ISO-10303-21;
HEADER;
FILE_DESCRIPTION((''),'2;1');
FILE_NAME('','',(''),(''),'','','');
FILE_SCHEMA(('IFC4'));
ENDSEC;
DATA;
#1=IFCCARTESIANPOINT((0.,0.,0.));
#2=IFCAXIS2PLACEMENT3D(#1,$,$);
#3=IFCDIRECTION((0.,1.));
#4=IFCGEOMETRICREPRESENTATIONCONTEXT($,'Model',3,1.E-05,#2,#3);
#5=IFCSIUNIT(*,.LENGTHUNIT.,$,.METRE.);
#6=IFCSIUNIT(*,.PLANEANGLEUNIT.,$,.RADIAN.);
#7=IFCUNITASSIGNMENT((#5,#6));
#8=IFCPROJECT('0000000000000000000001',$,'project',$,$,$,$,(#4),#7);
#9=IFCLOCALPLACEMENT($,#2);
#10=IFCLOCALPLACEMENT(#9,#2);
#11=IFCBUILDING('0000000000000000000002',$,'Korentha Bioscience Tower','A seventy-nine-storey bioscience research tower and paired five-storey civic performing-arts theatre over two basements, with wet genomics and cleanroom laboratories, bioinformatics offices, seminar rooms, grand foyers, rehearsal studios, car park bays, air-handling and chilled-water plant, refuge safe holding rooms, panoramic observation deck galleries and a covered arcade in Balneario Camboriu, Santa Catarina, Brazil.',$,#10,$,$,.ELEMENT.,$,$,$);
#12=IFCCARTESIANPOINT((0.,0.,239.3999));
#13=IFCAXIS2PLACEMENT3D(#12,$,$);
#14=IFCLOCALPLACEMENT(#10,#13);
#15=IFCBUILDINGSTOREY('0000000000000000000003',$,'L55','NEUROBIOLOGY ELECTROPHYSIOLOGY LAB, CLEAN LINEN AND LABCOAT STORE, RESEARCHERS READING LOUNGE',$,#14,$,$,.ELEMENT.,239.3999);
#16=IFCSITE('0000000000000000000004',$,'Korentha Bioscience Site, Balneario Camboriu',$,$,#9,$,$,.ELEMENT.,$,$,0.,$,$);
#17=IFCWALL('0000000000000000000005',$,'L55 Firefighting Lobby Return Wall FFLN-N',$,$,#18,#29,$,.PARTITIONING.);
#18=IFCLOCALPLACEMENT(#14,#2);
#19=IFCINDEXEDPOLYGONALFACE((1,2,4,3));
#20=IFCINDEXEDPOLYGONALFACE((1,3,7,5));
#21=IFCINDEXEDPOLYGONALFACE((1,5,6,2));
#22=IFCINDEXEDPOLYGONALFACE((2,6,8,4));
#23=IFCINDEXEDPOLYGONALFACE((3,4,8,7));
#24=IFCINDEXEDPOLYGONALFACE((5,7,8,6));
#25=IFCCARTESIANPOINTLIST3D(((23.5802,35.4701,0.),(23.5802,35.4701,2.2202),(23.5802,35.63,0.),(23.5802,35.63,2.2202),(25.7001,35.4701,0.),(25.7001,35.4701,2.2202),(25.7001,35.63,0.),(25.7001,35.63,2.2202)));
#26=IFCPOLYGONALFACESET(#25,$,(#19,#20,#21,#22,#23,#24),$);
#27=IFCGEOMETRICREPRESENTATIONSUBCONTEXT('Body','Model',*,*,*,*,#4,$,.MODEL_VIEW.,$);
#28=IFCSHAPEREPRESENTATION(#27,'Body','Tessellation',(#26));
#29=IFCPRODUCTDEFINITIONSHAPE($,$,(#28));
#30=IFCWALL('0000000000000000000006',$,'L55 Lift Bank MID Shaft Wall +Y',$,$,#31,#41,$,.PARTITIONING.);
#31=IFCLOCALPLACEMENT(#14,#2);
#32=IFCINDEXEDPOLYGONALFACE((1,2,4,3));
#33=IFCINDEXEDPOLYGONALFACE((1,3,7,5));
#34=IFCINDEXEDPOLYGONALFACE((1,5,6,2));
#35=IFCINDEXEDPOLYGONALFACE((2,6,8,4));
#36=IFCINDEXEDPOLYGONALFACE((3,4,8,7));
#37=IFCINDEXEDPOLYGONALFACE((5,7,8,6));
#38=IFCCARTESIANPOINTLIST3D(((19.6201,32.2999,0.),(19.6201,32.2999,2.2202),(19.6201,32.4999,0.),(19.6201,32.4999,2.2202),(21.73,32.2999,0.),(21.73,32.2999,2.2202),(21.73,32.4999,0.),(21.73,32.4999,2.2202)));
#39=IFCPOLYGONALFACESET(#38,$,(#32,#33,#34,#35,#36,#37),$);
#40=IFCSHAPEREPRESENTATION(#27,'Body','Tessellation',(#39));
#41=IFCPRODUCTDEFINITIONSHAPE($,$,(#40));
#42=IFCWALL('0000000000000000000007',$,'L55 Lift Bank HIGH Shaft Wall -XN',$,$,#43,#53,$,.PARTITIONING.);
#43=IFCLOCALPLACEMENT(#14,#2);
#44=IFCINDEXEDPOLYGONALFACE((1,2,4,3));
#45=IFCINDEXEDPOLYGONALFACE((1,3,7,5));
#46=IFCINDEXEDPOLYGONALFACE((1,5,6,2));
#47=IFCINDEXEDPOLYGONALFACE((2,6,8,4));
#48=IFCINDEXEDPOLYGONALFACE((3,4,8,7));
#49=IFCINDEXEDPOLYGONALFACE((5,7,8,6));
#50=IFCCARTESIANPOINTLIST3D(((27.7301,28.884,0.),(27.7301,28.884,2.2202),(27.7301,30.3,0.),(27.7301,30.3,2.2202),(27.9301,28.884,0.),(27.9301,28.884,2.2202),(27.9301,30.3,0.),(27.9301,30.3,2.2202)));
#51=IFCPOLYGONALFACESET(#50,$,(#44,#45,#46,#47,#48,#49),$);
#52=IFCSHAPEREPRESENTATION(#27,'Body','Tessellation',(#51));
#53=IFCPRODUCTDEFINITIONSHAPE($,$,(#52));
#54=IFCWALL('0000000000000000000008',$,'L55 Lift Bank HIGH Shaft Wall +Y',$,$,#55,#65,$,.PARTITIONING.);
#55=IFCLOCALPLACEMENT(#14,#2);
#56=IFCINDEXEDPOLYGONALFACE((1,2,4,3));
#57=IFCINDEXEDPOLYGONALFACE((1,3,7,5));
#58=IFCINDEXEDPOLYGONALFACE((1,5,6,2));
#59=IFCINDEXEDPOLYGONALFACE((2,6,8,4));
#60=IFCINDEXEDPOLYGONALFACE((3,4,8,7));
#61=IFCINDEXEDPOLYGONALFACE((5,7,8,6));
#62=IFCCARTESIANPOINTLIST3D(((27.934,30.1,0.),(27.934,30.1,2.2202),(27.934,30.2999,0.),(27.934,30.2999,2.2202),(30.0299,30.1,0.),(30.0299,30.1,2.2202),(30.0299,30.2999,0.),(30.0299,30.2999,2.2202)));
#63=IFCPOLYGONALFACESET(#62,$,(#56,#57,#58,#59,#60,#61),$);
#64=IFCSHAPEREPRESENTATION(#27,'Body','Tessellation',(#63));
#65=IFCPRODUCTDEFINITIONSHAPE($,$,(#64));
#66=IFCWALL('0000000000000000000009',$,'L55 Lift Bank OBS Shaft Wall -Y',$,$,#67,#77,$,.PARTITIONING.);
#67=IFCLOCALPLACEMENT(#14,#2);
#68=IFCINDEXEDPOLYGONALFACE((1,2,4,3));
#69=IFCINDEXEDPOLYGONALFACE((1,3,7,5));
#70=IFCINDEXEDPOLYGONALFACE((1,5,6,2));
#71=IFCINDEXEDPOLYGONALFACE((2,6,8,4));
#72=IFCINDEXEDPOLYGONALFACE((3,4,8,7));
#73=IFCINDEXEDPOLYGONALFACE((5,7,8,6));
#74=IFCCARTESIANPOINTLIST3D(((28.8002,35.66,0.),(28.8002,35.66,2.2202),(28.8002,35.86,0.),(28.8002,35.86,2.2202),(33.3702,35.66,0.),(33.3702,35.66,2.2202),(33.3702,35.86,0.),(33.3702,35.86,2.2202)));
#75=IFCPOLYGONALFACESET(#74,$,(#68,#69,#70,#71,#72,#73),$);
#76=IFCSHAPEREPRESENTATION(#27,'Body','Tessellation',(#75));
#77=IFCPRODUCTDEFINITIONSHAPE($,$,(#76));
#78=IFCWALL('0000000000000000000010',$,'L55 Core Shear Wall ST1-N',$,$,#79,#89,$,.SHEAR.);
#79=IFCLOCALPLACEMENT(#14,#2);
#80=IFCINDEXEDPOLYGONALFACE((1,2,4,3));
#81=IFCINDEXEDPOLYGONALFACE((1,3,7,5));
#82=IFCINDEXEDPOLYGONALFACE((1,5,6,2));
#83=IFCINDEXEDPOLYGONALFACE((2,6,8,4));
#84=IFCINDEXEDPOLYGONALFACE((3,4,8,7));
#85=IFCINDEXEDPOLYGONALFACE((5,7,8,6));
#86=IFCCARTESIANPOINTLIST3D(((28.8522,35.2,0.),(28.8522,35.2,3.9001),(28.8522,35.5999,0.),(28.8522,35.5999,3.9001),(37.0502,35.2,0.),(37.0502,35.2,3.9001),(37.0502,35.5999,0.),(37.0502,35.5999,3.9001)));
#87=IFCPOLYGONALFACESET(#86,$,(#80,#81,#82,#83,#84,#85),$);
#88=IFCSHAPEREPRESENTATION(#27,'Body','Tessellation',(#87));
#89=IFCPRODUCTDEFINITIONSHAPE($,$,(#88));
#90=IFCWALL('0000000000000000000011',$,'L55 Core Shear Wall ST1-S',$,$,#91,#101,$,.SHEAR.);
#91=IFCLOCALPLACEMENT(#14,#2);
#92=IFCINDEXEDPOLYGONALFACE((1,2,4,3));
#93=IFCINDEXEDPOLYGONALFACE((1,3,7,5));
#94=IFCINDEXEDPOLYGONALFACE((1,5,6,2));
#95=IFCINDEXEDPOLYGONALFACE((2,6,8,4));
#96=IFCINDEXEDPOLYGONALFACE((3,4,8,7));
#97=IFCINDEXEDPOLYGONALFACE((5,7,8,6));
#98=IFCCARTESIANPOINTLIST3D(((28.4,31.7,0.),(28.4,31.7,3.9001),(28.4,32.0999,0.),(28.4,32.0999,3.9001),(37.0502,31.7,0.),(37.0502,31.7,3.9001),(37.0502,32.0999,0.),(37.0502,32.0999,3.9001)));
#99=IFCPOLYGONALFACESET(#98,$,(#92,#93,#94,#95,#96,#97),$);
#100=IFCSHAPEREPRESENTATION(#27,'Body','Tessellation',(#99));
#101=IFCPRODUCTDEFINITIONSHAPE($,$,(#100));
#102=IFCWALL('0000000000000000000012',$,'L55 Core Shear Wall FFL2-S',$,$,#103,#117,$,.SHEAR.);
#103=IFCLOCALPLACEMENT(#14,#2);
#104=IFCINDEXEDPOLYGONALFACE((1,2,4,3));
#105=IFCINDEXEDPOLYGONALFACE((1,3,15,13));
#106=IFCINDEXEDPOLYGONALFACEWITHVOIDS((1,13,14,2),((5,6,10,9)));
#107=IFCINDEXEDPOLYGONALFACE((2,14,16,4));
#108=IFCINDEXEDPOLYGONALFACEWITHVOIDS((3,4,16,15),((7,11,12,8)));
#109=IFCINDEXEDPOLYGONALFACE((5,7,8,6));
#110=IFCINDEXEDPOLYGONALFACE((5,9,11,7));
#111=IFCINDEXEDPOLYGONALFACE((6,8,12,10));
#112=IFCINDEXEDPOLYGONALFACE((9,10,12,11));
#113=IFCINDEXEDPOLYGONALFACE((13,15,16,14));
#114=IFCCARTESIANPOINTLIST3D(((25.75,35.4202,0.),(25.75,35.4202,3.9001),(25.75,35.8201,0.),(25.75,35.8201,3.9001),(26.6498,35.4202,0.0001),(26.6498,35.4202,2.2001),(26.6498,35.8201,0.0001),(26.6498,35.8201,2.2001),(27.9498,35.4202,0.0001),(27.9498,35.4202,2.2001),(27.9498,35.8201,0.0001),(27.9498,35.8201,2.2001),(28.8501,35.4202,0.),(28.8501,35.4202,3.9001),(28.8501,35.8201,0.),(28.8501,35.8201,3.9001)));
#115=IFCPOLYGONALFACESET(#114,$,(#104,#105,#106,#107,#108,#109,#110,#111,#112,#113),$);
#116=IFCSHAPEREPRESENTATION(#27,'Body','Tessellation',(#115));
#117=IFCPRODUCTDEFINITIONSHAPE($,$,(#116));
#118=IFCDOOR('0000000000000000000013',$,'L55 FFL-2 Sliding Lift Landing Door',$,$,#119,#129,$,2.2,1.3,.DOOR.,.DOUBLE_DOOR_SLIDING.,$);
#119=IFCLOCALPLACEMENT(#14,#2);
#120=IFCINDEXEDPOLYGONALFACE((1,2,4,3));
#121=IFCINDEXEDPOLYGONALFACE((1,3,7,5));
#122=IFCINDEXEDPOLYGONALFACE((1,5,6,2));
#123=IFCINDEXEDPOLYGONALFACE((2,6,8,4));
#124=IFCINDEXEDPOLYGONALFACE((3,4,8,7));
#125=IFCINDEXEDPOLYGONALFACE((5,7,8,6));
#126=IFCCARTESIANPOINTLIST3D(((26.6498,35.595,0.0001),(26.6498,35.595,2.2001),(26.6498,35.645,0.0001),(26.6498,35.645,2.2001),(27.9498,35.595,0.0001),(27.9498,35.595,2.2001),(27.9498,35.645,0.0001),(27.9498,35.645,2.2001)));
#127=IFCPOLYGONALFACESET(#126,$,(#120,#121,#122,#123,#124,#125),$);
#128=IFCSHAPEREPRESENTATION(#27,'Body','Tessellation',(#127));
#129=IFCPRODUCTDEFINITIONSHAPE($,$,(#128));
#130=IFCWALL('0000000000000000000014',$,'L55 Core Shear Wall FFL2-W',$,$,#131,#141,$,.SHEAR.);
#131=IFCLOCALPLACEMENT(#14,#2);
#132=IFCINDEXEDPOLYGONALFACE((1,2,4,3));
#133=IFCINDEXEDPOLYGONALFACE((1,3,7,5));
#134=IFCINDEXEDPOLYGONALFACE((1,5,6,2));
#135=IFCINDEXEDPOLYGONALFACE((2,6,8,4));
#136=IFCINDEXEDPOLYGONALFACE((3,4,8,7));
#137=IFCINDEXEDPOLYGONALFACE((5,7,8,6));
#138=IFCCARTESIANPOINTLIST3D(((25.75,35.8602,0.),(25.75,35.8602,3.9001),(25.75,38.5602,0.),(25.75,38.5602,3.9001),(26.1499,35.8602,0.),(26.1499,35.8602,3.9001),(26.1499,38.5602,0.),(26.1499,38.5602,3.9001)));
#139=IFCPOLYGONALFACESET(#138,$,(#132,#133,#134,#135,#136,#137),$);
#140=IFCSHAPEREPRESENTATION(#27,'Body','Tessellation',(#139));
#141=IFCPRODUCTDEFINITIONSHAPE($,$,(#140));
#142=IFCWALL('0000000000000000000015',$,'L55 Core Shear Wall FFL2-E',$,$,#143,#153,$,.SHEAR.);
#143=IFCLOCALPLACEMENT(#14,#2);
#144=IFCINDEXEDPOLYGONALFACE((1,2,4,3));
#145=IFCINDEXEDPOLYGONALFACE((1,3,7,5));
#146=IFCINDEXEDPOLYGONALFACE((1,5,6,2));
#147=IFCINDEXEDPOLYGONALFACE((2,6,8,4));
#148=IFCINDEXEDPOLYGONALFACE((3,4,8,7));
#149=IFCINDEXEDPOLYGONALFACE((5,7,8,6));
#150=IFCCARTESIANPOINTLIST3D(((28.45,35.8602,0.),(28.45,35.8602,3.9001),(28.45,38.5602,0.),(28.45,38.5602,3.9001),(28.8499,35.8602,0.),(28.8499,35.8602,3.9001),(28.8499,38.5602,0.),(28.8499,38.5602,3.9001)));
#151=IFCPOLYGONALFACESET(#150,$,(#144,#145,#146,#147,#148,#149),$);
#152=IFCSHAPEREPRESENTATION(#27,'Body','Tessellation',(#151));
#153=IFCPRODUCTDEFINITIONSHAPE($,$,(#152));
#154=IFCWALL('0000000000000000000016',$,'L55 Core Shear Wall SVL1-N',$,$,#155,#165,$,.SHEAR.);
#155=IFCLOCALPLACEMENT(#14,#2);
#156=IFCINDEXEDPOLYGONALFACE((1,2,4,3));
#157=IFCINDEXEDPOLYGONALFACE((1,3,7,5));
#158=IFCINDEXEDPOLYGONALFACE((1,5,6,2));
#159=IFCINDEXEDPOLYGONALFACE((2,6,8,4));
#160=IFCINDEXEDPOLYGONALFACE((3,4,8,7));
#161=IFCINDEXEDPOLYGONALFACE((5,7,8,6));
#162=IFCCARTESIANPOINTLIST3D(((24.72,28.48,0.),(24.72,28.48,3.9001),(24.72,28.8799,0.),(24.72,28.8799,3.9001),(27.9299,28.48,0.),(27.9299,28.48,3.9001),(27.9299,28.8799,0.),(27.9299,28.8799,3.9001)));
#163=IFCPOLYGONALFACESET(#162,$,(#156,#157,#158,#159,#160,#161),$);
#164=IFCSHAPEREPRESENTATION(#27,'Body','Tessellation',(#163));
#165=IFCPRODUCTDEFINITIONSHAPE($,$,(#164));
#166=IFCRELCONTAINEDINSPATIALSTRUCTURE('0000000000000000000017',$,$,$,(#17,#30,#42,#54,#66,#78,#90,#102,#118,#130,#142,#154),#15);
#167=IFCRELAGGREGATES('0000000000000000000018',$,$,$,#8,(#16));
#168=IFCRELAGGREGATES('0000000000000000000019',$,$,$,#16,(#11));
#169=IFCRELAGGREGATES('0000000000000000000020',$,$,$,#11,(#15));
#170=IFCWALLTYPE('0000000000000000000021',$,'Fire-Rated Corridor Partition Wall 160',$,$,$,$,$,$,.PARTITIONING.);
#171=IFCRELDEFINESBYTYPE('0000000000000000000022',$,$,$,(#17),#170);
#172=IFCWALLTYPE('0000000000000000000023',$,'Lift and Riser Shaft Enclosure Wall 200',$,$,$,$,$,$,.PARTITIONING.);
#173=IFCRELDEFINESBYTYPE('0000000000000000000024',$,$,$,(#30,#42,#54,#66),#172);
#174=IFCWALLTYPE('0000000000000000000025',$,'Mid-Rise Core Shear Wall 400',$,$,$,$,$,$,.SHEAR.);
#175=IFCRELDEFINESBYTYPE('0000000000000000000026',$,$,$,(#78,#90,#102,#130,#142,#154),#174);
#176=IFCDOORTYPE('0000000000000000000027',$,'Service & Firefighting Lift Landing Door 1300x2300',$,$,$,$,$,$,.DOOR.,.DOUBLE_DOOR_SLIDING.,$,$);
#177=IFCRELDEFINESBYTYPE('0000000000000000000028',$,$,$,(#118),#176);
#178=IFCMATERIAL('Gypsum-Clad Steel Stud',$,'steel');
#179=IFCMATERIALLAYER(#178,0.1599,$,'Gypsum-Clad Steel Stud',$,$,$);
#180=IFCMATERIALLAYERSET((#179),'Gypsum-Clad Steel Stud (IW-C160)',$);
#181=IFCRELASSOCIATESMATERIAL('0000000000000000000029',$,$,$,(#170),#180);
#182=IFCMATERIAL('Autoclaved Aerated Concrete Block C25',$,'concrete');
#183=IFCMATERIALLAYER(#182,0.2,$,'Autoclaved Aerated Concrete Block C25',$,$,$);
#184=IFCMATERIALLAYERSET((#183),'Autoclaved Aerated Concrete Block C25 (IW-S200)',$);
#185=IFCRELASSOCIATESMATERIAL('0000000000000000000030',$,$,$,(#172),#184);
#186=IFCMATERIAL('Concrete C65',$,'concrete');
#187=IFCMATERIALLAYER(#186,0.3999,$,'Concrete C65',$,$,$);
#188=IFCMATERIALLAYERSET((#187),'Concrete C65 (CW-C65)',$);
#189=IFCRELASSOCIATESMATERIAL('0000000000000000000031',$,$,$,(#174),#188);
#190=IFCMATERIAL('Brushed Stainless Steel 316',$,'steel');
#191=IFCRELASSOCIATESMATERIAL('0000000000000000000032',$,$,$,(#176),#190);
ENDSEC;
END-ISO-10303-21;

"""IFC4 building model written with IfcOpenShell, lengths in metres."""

from ifc_helpers import new_model, si_unit, direction, frame, frame_2d, origin, place, context, subcontext, project, spatial, rectangle, extrude, material, layer, layer_set, type_object, element, fill, save


model = new_model("IFC4")

# Units and contexts
model_context = context("Model", 3, precision=1e-05, world=origin(), true_north=direction((0.0, 1.0)))
body_context = subcontext(model_context, "Body", "Model", "MODEL_VIEW")
ifc_project = project(units=[si_unit("LENGTHUNIT", "METRE"), si_unit("PLANEANGLEUNIT", "RADIAN")], contexts=[model_context])

# Site, building, storey
site_placement = place(None, origin())
site = spatial("IfcSite", under=ifc_project, at=site_placement, Name="Korentha Bioscience Site, Balneario Camboriu", CompositionType="ELEMENT", RefElevation=0.0)
building_placement = place(site_placement, origin())
building = spatial("IfcBuilding", under=site, at=building_placement, Name="Korentha Bioscience Tower", Description="A seventy-nine-storey bioscience research tower and paired five-storey civic performing-arts theatre over two basements, with wet genomics and cleanroom laboratories, bioinformatics offices, seminar rooms, grand foyers, rehearsal studios, car park bays, air-handling and chilled-water plant, refuge safe holding rooms, panoramic observation deck galleries and a covered arcade in Balneario Camboriu, Santa Catarina, Brazil.", CompositionType="ELEMENT")
storey_placement = place(building_placement, frame((0.0, 0.0, 239.3999)))
storey = spatial("IfcBuildingStorey", under=building, at=storey_placement, Name="L55", Description="NEUROBIOLOGY ELECTROPHYSIOLOGY LAB, CLEAN LINEN AND LABCOAT STORE, RESEARCHERS READING LOUNGE", CompositionType="ELEMENT", Elevation=239.3999)

# Shared definitions
ifc_material_1 = material(Name="Concrete C65", Category="concrete")

# Shared definitions
ifc_material_2 = material(Name="Gypsum-Clad Steel Stud", Category="steel")
ifc_layer_1 = layer(ifc_material_2, 0.1599, Name="Gypsum-Clad Steel Stud")
ifc_layer_set_1 = layer_set([ifc_layer_1], Name="Gypsum-Clad Steel Stud (IW-C160)")
wall_type_1 = type_object("IfcWallType", Name="Fire-Rated Corridor Partition Wall 160", PredefinedType="PARTITIONING", material=ifc_layer_set_1)

# Walls
wall_1_placement = place(storey_placement, frame((23.5801, 35.55, 0.0), z_axis=(0.0, 0.0, 1.0), x_axis=(1.0, 0.0, 0.0)))
element("IfcWall", 1, at=wall_1_placement, inside=storey, type_object=wall_type_1, Name="L55 Firefighting Lobby Return Wall FFLN-N", PredefinedType="PARTITIONING", context=body_context, shape_type="SweptSolid", body=[
    extrude(rectangle(XDim=2.1199, YDim=0.1599, at=frame_2d((1.0601, 0.0))), origin(), (0.0, 0.0, 1.0), 2.2202),
])
ifc_material_3 = material(Name="Autoclaved Aerated Concrete Block C25", Category="concrete")
ifc_layer_2 = layer(ifc_material_3, 0.2, Name="Autoclaved Aerated Concrete Block C25")
ifc_layer_set_2 = layer_set([ifc_layer_2], Name="Autoclaved Aerated Concrete Block C25 (IW-S200)")
wall_type_2 = type_object("IfcWallType", Name="Lift and Riser Shaft Enclosure Wall 200", PredefinedType="PARTITIONING", material=ifc_layer_set_2)
wall_2_placement = place(storey_placement, frame((19.6201, 32.3999, 0.0), z_axis=(0.0, 0.0, 1.0), x_axis=(1.0, 0.0, 0.0)))
element("IfcWall", 2, at=wall_2_placement, inside=storey, type_object=wall_type_2, Name="L55 Lift Bank MID Shaft Wall +Y", PredefinedType="PARTITIONING", context=body_context, shape_type="SweptSolid", body=[
    extrude(rectangle(XDim=2.1099, YDim=0.2, at=frame_2d((1.0549, 0.0))), origin(), (0.0, 0.0, 1.0), 2.2202),
])
wall_3_placement = place(storey_placement, frame((27.8301, 28.884, 0.0), z_axis=(0.0, 0.0, 1.0), x_axis=(0.0, 1.0, 0.0)))
element("IfcWall", 3, at=wall_3_placement, inside=storey, type_object=wall_type_2, Name="L55 Lift Bank HIGH Shaft Wall -XN", PredefinedType="PARTITIONING", context=body_context, shape_type="SweptSolid", body=[
    extrude(rectangle(XDim=1.416, YDim=0.2, at=frame_2d((0.708, 0.0))), origin(), (0.0, 0.0, 1.0), 2.2202),
])
wall_4_placement = place(storey_placement, frame((27.9341, 30.2, 0.0), z_axis=(0.0, 0.0, 1.0), x_axis=(1.0, 0.0, 0.0)))
element("IfcWall", 4, at=wall_4_placement, inside=storey, type_object=wall_type_2, Name="L55 Lift Bank HIGH Shaft Wall +Y", PredefinedType="PARTITIONING", context=body_context, shape_type="SweptSolid", body=[
    extrude(rectangle(XDim=2.0959, YDim=0.2, at=frame_2d((1.0479, 0.0))), origin(), (0.0, 0.0, 1.0), 2.2202),
])
wall_5_placement = place(storey_placement, frame((28.8, 35.76, 0.0), z_axis=(0.0, 0.0, 1.0), x_axis=(1.0, 0.0, 0.0)))
element("IfcWall", 5, at=wall_5_placement, inside=storey, type_object=wall_type_2, Name="L55 Lift Bank OBS Shaft Wall -Y", PredefinedType="PARTITIONING", context=body_context, shape_type="SweptSolid", body=[
    extrude(rectangle(XDim=4.5701, YDim=0.2, at=frame_2d((2.2852, 0.0))), origin(), (0.0, 0.0, 1.0), 2.2202),
])
ifc_layer_3 = layer(ifc_material_1, 0.3999, Name="Concrete C65")
ifc_layer_set_3 = layer_set([ifc_layer_3], Name="Concrete C65 (CW-C65)")
wall_type_3 = type_object("IfcWallType", Name="Mid-Rise Core Shear Wall 400", PredefinedType="SHEAR", material=ifc_layer_set_3)
wall_6_placement = place(storey_placement, frame((28.8521, 35.3999, 0.0), z_axis=(0.0, 0.0, 1.0), x_axis=(1.0, 0.0, 0.0)))
element("IfcWall", 6, at=wall_6_placement, inside=storey, type_object=wall_type_3, Name="L55 Core Shear Wall ST1-N", PredefinedType="SHEAR", context=body_context, shape_type="SweptSolid", body=[
    extrude(rectangle(XDim=8.198, YDim=0.3999, at=frame_2d((4.0991, 0.0))), origin(), (0.0, 0.0, 1.0), 3.9001),
])
wall_7_placement = place(storey_placement, frame((28.3999, 31.8999, 0.0), z_axis=(0.0, 0.0, 1.0), x_axis=(1.0, 0.0, 0.0)))
element("IfcWall", 7, at=wall_7_placement, inside=storey, type_object=wall_type_3, Name="L55 Core Shear Wall ST1-S", PredefinedType="SHEAR", context=body_context, shape_type="SweptSolid", body=[
    extrude(rectangle(XDim=8.6501, YDim=0.3999, at=frame_2d((4.3252, 0.0))), origin(), (0.0, 0.0, 1.0), 3.9001),
])

# Wall, opening, door
wall_8_placement = place(storey_placement, frame((25.75, 35.6201, 0.0), z_axis=(0.0, 0.0, 1.0), x_axis=(1.0, 0.0, 0.0)))
wall_8 = element("IfcWall", 8, at=wall_8_placement, inside=storey, type_object=wall_type_3, Name="L55 Core Shear Wall FFL2-S", PredefinedType="SHEAR", context=body_context, shape_type="SweptSolid", body=[
    extrude(rectangle(XDim=3.1001, YDim=0.3999, at=frame_2d((1.55, 0.0))), origin(), (0.0, 0.0, 1.0), 3.9001),
])
opening_1_placement = place(wall_8_placement, frame((0.8999, 0.0, 0.0)))
opening_1 = element("IfcOpeningElement", 9, at=opening_1_placement, cuts=wall_8, PredefinedType="OPENING", context=body_context, shape_type="SweptSolid", body=[
    extrude(rectangle(XDim=1.3, YDim=2.2, at=frame_2d((0.6499, 1.1001))), frame((0.0, 0.2148, 0.0), z_axis=(0.0, -1.0, 0.0), x_axis=(1.0, 0.0, 0.0)), (0.0, 0.0, 1.0), 0.4297),
])
ifc_material_4 = material(Name="Brushed Stainless Steel 316", Category="steel")
door_type_1 = type_object("IfcDoorType", Name="Service & Firefighting Lift Landing Door 1300x2300", OperationType="DOUBLE_DOOR_SLIDING", PredefinedType="DOOR", material=ifc_material_4)
door_1_placement = place(opening_1_placement, origin())
door_1 = element("IfcDoor", 10, at=door_1_placement, inside=storey, type_object=door_type_1, Name="L55 FFL-2 Sliding Lift Landing Door", OperationType="DOUBLE_DOOR_SLIDING", OverallHeight=2.2, OverallWidth=1.3, PredefinedType="DOOR", context=body_context, shape_type="SweptSolid", body=[
    extrude(rectangle(XDim=1.3, YDim=2.2, at=frame_2d((0.6499, 1.1001))), frame((0.0, 0.0249, 0.0), z_axis=(0.0, -1.0, 0.0), x_axis=(1.0, 0.0, 0.0)), (0.0, 0.0, 1.0), 0.05),
])
fill(opening_1, door_1)

# Walls
for number, where, z_axis, x_axis, name in (
    (11, (25.95, 35.8601, 0.0), (0.0, 0.0, 1.0), (0.0, 1.0, 0.0), "L55 Core Shear Wall FFL2-W"),
    (12, (28.6499, 35.8601, 0.0), (0.0, 0.0, 1.0), (0.0, 1.0, 0.0), "L55 Core Shear Wall FFL2-E"),
):
    element("IfcWall", number, at=place(storey_placement, frame(where, z_axis=z_axis, x_axis=x_axis)), inside=storey, type_object=wall_type_3, Name=name, PredefinedType="SHEAR", context=body_context, shape_type="SweptSolid", body=[
        extrude(rectangle(XDim=2.7, YDim=0.3999, at=frame_2d((1.3501, 0.0))), origin(), (0.0, 0.0, 1.0), 3.9001),
    ])
wall_9_placement = place(storey_placement, frame((24.72, 28.6799, 0.0), z_axis=(0.0, 0.0, 1.0), x_axis=(1.0, 0.0, 0.0)))
element("IfcWall", 13, at=wall_9_placement, inside=storey, type_object=wall_type_3, Name="L55 Core Shear Wall SVL1-N", PredefinedType="SHEAR", context=body_context, shape_type="SweptSolid", body=[
    extrude(rectangle(XDim=3.21, YDim=0.3999, at=frame_2d((1.605, 0.0))), origin(), (0.0, 0.0, 1.0), 3.9001),
])

save(model, "model.ifc")
